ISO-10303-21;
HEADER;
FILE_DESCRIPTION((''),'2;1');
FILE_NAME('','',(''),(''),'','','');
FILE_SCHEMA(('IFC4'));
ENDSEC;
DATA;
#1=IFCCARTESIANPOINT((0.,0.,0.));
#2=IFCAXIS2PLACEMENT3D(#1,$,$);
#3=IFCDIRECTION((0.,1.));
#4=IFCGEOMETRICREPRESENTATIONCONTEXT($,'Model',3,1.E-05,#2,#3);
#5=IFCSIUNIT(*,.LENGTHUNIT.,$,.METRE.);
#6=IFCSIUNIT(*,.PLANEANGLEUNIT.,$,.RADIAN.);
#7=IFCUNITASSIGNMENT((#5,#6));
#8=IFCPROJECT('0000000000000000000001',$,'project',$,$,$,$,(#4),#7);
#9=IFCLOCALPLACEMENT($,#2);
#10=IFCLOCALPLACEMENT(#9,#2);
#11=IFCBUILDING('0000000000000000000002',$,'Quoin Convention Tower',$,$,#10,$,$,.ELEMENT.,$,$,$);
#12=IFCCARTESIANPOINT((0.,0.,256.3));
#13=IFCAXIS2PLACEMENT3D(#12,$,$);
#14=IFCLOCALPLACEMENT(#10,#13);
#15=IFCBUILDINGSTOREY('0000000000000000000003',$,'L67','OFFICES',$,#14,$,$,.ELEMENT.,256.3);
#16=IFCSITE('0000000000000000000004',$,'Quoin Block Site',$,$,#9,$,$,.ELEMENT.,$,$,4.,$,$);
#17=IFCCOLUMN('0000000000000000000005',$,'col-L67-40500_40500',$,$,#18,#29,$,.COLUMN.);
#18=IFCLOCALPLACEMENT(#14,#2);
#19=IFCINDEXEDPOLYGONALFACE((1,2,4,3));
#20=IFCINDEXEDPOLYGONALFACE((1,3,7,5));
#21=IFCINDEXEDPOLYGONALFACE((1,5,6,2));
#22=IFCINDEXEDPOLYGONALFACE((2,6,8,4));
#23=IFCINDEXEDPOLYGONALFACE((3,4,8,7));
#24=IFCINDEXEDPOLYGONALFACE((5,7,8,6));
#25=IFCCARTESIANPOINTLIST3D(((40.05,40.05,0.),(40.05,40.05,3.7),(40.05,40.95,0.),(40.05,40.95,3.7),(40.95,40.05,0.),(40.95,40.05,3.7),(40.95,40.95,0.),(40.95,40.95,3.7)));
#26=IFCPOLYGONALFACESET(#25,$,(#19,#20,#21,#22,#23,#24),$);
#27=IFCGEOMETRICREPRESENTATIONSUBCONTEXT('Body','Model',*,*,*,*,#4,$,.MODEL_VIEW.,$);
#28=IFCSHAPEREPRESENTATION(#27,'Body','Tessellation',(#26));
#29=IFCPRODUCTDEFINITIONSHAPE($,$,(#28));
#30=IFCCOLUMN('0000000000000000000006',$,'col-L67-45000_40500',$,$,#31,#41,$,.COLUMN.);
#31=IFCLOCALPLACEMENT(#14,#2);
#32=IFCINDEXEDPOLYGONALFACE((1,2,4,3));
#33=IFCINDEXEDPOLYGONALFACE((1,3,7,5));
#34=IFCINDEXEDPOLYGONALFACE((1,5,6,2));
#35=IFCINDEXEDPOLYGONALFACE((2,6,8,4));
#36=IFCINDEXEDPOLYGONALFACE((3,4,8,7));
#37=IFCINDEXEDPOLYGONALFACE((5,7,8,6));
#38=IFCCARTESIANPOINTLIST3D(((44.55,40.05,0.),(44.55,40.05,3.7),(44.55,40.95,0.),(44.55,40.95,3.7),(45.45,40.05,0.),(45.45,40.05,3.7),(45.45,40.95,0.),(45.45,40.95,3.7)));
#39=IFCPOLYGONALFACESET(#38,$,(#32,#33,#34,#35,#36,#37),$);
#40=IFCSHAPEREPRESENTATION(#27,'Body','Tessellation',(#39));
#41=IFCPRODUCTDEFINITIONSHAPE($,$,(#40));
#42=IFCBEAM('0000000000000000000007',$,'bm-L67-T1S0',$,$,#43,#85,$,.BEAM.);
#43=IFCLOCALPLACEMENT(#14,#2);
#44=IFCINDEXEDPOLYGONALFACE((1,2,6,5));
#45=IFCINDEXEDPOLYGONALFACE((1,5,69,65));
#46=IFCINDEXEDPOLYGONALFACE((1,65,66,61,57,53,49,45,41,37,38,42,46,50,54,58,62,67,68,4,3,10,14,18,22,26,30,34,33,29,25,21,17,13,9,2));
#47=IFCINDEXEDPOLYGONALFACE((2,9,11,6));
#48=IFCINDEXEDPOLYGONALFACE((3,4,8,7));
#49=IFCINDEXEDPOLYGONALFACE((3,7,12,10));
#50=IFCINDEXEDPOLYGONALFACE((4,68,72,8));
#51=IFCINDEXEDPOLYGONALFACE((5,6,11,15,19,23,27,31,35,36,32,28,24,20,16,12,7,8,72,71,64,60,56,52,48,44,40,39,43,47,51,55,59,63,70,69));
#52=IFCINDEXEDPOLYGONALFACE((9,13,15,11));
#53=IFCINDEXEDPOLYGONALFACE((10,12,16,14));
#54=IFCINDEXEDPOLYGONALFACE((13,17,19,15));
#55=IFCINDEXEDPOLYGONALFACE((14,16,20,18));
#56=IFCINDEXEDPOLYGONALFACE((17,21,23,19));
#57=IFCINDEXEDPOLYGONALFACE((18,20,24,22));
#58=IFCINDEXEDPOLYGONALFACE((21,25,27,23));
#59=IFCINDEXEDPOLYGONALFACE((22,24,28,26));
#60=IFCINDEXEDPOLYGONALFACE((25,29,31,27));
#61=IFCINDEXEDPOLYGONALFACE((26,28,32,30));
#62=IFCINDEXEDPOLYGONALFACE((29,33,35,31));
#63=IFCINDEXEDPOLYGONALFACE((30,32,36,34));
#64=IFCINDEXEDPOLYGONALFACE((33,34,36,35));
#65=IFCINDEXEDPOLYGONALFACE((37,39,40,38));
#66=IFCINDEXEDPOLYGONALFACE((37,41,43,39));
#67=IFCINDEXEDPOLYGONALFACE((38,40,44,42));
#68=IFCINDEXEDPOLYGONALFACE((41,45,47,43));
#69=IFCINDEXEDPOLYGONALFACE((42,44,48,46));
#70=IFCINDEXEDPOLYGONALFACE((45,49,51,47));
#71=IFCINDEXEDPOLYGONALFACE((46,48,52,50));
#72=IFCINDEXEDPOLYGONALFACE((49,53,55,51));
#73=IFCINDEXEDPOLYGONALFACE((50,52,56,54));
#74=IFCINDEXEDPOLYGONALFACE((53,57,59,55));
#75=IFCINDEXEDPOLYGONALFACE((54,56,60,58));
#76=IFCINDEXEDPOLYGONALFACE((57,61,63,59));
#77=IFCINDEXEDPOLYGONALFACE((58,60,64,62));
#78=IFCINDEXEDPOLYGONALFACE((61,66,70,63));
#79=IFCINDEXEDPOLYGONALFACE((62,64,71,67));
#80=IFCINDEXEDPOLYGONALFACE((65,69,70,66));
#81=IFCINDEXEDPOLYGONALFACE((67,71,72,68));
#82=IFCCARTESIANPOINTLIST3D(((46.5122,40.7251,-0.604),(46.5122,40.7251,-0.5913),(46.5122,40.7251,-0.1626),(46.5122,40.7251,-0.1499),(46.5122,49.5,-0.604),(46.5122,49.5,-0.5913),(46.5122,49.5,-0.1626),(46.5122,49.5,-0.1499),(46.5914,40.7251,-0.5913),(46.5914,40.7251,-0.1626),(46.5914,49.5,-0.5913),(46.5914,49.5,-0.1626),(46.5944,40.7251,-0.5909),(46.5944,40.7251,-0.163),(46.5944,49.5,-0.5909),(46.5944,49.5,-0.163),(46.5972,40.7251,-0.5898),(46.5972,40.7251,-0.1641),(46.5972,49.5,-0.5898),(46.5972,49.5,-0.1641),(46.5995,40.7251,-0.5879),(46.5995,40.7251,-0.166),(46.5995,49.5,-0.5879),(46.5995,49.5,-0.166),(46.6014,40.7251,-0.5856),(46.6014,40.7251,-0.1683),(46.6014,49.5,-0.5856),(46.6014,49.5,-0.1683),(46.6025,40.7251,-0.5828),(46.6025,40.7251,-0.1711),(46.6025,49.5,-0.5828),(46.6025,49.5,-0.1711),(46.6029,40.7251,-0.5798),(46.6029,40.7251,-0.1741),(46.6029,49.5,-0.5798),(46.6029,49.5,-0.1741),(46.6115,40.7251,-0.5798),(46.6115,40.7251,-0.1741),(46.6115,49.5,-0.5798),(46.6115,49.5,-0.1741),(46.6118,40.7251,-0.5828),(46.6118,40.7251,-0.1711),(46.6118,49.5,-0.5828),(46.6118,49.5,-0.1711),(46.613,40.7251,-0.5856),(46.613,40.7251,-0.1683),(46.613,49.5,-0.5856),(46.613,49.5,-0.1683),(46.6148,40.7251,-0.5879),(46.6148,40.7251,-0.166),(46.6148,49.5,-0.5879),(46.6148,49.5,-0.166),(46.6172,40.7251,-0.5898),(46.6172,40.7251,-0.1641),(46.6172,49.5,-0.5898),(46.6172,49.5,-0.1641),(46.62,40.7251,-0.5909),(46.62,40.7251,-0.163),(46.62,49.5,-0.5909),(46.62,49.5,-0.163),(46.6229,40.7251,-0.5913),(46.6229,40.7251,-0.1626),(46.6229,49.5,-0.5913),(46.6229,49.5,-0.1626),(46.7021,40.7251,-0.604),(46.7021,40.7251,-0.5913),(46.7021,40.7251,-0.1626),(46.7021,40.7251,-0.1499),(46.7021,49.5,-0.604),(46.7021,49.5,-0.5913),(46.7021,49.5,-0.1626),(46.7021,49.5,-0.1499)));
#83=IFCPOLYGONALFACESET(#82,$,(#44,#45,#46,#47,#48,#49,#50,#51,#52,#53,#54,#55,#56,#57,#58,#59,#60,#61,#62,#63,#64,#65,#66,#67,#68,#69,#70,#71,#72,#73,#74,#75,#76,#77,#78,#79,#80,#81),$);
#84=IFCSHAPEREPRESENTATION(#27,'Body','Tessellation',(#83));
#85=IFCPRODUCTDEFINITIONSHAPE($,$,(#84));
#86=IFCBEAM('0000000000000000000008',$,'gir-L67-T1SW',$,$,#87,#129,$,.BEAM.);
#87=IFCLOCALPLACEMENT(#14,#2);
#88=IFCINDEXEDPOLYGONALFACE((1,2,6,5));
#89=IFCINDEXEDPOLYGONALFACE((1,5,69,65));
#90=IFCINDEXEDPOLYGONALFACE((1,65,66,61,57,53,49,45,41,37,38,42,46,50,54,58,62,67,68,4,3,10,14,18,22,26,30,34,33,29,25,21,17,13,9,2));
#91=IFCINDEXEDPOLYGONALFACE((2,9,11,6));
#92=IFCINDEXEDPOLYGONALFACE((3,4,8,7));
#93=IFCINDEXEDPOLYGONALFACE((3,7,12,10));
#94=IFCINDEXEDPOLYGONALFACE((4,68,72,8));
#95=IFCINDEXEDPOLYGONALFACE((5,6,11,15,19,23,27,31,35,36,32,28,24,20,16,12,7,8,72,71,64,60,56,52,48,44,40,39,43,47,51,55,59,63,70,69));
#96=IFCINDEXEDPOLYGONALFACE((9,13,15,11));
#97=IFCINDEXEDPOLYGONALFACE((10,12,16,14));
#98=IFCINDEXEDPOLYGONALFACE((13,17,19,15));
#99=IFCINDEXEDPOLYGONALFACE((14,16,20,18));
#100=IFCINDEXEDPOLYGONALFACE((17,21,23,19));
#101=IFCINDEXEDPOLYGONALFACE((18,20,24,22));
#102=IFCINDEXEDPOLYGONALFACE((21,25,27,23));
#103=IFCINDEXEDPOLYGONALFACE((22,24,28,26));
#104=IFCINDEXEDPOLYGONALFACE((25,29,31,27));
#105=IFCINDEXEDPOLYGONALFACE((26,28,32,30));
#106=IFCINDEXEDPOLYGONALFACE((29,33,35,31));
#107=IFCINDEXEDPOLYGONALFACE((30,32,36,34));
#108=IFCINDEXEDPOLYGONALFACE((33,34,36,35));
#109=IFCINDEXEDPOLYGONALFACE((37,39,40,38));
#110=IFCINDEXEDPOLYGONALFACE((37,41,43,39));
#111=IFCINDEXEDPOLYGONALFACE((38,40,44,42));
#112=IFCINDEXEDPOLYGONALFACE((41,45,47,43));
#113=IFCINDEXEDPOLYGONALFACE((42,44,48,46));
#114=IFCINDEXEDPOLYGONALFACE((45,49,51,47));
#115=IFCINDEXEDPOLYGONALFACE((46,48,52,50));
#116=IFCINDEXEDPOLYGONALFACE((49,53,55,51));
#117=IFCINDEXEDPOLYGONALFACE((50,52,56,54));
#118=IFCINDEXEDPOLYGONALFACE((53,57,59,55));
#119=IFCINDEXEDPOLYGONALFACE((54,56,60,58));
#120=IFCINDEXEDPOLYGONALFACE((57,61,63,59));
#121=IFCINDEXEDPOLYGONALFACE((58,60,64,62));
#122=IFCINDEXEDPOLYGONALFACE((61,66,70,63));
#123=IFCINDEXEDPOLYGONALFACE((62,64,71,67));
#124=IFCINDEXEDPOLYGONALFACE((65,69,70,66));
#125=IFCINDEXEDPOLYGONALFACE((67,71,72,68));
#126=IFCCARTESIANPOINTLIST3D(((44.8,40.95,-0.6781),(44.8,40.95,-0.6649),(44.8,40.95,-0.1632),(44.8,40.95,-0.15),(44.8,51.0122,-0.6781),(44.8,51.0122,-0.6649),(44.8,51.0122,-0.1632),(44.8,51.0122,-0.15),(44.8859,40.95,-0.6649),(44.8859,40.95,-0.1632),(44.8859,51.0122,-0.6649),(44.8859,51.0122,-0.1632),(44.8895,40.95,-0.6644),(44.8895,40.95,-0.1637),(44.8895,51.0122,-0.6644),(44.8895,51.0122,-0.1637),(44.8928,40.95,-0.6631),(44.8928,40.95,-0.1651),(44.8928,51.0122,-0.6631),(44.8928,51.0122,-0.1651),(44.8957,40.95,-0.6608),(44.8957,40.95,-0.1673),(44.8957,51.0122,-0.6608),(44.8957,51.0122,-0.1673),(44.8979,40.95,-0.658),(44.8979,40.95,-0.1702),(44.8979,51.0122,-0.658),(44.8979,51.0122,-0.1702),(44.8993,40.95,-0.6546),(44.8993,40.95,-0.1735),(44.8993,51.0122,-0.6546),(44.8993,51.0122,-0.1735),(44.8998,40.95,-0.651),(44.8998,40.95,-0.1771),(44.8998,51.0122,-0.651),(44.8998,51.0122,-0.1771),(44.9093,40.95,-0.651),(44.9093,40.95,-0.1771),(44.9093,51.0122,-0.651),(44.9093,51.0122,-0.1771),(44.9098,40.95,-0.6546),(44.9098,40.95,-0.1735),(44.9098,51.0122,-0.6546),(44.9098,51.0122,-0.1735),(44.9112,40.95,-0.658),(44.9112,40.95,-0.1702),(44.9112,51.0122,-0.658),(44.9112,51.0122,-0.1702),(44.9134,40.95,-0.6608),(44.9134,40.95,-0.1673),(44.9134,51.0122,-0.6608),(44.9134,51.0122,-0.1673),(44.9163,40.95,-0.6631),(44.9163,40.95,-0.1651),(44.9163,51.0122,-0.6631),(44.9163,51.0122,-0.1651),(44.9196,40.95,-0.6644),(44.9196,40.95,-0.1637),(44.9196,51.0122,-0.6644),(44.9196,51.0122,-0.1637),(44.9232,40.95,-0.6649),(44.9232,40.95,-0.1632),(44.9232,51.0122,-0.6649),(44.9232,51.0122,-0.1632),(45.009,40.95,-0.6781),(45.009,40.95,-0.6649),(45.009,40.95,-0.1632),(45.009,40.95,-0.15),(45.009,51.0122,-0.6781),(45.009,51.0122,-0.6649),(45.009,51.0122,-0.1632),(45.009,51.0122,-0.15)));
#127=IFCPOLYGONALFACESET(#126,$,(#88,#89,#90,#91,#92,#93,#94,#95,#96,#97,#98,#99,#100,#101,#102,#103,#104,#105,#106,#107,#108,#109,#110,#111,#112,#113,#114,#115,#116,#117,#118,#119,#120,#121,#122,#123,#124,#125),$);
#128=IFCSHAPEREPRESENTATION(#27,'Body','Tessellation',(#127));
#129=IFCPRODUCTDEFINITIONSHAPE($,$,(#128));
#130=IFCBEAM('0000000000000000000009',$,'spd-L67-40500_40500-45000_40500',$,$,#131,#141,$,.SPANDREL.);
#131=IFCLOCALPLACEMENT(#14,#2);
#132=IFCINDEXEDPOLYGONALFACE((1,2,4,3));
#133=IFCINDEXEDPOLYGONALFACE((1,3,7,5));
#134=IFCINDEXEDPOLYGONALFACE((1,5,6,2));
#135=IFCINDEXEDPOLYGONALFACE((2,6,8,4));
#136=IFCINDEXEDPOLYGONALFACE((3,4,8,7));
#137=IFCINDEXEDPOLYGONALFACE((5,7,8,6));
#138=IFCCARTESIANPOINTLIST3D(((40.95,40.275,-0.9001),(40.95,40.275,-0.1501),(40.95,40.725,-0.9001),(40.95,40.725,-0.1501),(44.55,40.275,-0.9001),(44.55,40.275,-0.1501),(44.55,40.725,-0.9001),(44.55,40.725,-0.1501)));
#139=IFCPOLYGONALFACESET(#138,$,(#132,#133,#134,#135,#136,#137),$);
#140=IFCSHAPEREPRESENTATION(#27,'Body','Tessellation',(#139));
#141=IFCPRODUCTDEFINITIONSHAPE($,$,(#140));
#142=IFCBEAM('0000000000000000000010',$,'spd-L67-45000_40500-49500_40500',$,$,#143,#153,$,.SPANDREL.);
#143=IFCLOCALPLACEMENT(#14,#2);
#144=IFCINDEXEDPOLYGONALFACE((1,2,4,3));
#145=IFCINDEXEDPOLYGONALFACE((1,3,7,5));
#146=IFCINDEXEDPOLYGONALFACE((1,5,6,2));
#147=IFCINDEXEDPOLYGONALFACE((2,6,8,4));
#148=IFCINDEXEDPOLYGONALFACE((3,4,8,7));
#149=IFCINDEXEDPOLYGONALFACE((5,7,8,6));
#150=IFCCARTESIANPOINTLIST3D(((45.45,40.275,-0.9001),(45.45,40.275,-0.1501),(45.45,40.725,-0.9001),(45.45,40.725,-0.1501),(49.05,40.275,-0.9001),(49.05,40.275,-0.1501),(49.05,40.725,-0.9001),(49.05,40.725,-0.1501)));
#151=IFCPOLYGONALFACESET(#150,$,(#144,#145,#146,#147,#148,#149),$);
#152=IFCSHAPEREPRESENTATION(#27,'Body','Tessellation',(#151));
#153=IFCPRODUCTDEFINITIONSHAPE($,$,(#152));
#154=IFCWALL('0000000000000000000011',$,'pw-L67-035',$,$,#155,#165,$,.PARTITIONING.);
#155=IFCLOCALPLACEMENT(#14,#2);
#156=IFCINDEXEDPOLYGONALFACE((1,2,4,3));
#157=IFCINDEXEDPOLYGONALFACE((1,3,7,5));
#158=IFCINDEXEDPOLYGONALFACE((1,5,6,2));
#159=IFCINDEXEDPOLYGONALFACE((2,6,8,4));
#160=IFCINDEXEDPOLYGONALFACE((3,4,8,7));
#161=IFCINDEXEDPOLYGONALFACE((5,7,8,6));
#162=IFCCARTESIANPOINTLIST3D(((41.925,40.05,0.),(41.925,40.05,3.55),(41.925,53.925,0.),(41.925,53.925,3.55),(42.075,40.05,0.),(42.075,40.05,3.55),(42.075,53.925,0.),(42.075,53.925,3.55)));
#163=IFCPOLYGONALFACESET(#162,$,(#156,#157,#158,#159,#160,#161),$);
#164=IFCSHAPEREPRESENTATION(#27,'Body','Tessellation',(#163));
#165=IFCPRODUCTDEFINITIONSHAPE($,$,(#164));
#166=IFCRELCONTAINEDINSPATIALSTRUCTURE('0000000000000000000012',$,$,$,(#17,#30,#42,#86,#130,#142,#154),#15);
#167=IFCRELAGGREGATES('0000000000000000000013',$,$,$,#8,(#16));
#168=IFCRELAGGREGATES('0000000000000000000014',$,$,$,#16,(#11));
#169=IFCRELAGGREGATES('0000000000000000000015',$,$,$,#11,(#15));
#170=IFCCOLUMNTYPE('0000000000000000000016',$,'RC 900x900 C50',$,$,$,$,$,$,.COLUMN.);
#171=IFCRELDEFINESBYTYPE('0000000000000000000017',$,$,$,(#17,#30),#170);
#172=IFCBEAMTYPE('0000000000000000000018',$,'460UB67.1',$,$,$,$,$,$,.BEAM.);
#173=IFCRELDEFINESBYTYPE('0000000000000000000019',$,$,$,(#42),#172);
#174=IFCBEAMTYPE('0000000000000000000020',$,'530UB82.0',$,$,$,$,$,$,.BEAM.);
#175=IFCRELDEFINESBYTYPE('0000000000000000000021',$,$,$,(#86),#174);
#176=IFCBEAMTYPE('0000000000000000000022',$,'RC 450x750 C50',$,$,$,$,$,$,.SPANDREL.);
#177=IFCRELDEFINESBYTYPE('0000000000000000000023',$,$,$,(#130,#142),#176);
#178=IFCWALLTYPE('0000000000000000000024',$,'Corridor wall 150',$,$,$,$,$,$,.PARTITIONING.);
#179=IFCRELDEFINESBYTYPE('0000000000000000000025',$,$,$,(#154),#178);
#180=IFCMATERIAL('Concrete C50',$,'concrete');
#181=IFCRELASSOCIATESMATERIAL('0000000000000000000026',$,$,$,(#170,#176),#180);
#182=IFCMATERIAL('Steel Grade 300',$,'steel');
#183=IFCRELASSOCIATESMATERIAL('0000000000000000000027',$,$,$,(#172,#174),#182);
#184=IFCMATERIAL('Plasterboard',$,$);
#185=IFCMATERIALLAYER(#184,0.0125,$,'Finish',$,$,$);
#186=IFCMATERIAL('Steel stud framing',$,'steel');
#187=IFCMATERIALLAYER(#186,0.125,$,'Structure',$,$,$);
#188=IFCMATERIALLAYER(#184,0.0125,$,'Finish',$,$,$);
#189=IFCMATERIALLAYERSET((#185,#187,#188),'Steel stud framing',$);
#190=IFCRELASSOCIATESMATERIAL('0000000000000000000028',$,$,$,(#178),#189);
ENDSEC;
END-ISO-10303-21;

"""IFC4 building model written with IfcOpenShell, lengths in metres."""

from ifc_helpers import new_model, si_unit, direction, frame, frame_2d, origin, origin_2d, place, context, subcontext, project, spatial, rectangle, i_section, extrude, material, layer, layer_set, material_profile, profile_set, type_object, element, save


model = new_model("IFC4")

# Units and contexts
model_context = context("Model", 3, precision=1e-05, world=origin(), true_north=direction((0.0, 1.0)))
body_context = subcontext(model_context, "Body", "Model", "MODEL_VIEW")
ifc_project = project(units=[si_unit("LENGTHUNIT", "METRE"), si_unit("PLANEANGLEUNIT", "RADIAN")], contexts=[model_context])

# Site, building, storey
site_placement = place(None, origin())
site = spatial("IfcSite", under=ifc_project, at=site_placement, Name="Quoin Block Site", CompositionType="ELEMENT", RefElevation=4.0)
building_placement = place(site_placement, origin())
building = spatial("IfcBuilding", under=site, at=building_placement, Name="Quoin Convention Tower", CompositionType="ELEMENT")
storey_placement = place(building_placement, frame((0.0, 0.0, 256.3)))
storey = spatial("IfcBuildingStorey", under=building, at=storey_placement, Name="L67", Description="OFFICES", CompositionType="ELEMENT", Elevation=256.3)

# Columns
ifc_material_1 = material(Name="Concrete C50", Category="concrete")
ifc_material_profile_1 = material_profile(ifc_material_1, rectangle(XDim=0.8999, YDim=0.8999, at=origin_2d()), Name="RC 900x900")
ifc_profile_set_1 = profile_set([ifc_material_profile_1], Name="Concrete C50")
column_type = type_object("IfcColumnType", Name="RC 900x900 C50", PredefinedType="COLUMN", material=ifc_profile_set_1)
for number, where, z_axis, x_axis, name in (
    (1, (40.5, 40.5, 0.0), (0.0, 0.0, 1.0), (1.0, 0.0, 0.0), "col-L67-40500_40500"),
    (2, (45.0, 40.5, 0.0), (0.0, 0.0, 1.0), (1.0, 0.0, 0.0), "col-L67-45000_40500"),
):
    element("IfcColumn", number, at=place(storey_placement, frame(where, z_axis=z_axis, x_axis=x_axis)), inside=storey, type_object=column_type, Name=name, PredefinedType="COLUMN", context=body_context, shape_type="SweptSolid", body=[
        extrude(rectangle(XDim=0.8999, YDim=0.8999, at=origin_2d()), origin(), (0.0, 0.0, 1.0), 3.7),
    ])

# Beams
ifc_material_2 = material(Name="Steel Grade 300", Category="steel")
ifc_material_profile_2 = material_profile(ifc_material_2, i_section(OverallWidth=0.1899, OverallDepth=0.4541, WebThickness=0.0085, FlangeThickness=0.0127, FilletRadius=0.0115, at=origin_2d()), Name="460UB67.1")
ifc_profile_set_2 = profile_set([ifc_material_profile_2], Name="Steel Grade 300")
beam_type_1 = type_object("IfcBeamType", Name="460UB67.1", PredefinedType="BEAM", material=ifc_profile_set_2)
beam_1_placement = place(storey_placement, frame((46.6072, 40.7251, -0.377), z_axis=(0.0, 1.0, 0.0), x_axis=(-1.0, 0.0, 0.0)))
element("IfcBeam", 3, at=beam_1_placement, inside=storey, type_object=beam_type_1, Name="bm-L67-T1S0", PredefinedType="BEAM", context=body_context, shape_type="SweptSolid", body=[
    extrude(i_section(OverallWidth=0.1899, OverallDepth=0.4541, WebThickness=0.0085, FlangeThickness=0.0127, FilletRadius=0.0115, at=origin_2d()), origin(), (0.0, 0.0, 1.0), 8.7749),
])
ifc_material_profile_3 = material_profile(ifc_material_2, i_section(OverallWidth=0.209, OverallDepth=0.5281, WebThickness=0.0095, FlangeThickness=0.0132, FilletRadius=0.0139, at=origin_2d()), Name="530UB82.0")
ifc_profile_set_3 = profile_set([ifc_material_profile_3], Name="Steel Grade 300")
beam_type_2 = type_object("IfcBeamType", Name="530UB82.0", PredefinedType="BEAM", material=ifc_profile_set_3)
beam_2_placement = place(storey_placement, frame((44.9045, 40.95, -0.4141), z_axis=(0.0, 1.0, 0.0), x_axis=(-1.0, 0.0, 0.0)))
element("IfcBeam", 4, at=beam_2_placement, inside=storey, type_object=beam_type_2, Name="gir-L67-T1SW", PredefinedType="BEAM", context=body_context, shape_type="SweptSolid", body=[
    extrude(i_section(OverallWidth=0.209, OverallDepth=0.5281, WebThickness=0.0095, FlangeThickness=0.0132, FilletRadius=0.0139, at=origin_2d()), origin(), (0.0, 0.0, 1.0), 10.0623),
])
ifc_material_profile_4 = material_profile(ifc_material_1, rectangle(XDim=0.45, YDim=0.75, at=origin_2d()), Name="RC 450x750")
ifc_profile_set_4 = profile_set([ifc_material_profile_4], Name="Concrete C50")
beam_type_3 = type_object("IfcBeamType", Name="RC 450x750 C50", PredefinedType="SPANDREL", material=ifc_profile_set_4)
for number, where, z_axis, x_axis, name in (
    (5, (40.95, 40.5, -0.5251), (1.0, 0.0, 0.0), (0.0, 1.0, 0.0), "spd-L67-40500_40500-45000_40500"),
    (6, (45.45, 40.5, -0.5251), (1.0, 0.0, 0.0), (0.0, 1.0, 0.0), "spd-L67-45000_40500-49500_40500"),
):
    element("IfcBeam", number, at=place(storey_placement, frame(where, z_axis=z_axis, x_axis=x_axis)), inside=storey, type_object=beam_type_3, Name=name, PredefinedType="SPANDREL", context=body_context, shape_type="SweptSolid", body=[
        extrude(rectangle(XDim=0.45, YDim=0.75, at=origin_2d()), origin(), (0.0, 0.0, 1.0), 3.6001),
    ])

# Wall
ifc_material_3 = material(Name="Plasterboard")
ifc_layer_1 = layer(ifc_material_3, 0.0125, Name="Finish")
ifc_material_4 = material(Name="Steel stud framing", Category="steel")
ifc_layer_2 = layer(ifc_material_4, 0.125, Name="Structure")
ifc_layer_3 = layer(ifc_material_3, 0.0125, Name="Finish")
ifc_layer_set_1 = layer_set([ifc_layer_1, ifc_layer_2, ifc_layer_3], Name="Steel stud framing")
wall_type_1 = type_object("IfcWallType", Name="Corridor wall 150", PredefinedType="PARTITIONING", material=ifc_layer_set_1)
wall_1_placement = place(storey_placement, frame((42.0, 40.05, 0.0), z_axis=(0.0, 0.0, 1.0), x_axis=(0.0, 1.0, 0.0)))
element("IfcWall", 7, at=wall_1_placement, inside=storey, type_object=wall_type_1, Name="pw-L67-035", PredefinedType="PARTITIONING", context=body_context, shape_type="SweptSolid", body=[
    extrude(rectangle(XDim=13.875, YDim=0.1499, at=frame_2d((6.9375, 0.0))), origin(), (0.0, 0.0, 1.0), 3.55),
])

save(model, "model.ifc")
